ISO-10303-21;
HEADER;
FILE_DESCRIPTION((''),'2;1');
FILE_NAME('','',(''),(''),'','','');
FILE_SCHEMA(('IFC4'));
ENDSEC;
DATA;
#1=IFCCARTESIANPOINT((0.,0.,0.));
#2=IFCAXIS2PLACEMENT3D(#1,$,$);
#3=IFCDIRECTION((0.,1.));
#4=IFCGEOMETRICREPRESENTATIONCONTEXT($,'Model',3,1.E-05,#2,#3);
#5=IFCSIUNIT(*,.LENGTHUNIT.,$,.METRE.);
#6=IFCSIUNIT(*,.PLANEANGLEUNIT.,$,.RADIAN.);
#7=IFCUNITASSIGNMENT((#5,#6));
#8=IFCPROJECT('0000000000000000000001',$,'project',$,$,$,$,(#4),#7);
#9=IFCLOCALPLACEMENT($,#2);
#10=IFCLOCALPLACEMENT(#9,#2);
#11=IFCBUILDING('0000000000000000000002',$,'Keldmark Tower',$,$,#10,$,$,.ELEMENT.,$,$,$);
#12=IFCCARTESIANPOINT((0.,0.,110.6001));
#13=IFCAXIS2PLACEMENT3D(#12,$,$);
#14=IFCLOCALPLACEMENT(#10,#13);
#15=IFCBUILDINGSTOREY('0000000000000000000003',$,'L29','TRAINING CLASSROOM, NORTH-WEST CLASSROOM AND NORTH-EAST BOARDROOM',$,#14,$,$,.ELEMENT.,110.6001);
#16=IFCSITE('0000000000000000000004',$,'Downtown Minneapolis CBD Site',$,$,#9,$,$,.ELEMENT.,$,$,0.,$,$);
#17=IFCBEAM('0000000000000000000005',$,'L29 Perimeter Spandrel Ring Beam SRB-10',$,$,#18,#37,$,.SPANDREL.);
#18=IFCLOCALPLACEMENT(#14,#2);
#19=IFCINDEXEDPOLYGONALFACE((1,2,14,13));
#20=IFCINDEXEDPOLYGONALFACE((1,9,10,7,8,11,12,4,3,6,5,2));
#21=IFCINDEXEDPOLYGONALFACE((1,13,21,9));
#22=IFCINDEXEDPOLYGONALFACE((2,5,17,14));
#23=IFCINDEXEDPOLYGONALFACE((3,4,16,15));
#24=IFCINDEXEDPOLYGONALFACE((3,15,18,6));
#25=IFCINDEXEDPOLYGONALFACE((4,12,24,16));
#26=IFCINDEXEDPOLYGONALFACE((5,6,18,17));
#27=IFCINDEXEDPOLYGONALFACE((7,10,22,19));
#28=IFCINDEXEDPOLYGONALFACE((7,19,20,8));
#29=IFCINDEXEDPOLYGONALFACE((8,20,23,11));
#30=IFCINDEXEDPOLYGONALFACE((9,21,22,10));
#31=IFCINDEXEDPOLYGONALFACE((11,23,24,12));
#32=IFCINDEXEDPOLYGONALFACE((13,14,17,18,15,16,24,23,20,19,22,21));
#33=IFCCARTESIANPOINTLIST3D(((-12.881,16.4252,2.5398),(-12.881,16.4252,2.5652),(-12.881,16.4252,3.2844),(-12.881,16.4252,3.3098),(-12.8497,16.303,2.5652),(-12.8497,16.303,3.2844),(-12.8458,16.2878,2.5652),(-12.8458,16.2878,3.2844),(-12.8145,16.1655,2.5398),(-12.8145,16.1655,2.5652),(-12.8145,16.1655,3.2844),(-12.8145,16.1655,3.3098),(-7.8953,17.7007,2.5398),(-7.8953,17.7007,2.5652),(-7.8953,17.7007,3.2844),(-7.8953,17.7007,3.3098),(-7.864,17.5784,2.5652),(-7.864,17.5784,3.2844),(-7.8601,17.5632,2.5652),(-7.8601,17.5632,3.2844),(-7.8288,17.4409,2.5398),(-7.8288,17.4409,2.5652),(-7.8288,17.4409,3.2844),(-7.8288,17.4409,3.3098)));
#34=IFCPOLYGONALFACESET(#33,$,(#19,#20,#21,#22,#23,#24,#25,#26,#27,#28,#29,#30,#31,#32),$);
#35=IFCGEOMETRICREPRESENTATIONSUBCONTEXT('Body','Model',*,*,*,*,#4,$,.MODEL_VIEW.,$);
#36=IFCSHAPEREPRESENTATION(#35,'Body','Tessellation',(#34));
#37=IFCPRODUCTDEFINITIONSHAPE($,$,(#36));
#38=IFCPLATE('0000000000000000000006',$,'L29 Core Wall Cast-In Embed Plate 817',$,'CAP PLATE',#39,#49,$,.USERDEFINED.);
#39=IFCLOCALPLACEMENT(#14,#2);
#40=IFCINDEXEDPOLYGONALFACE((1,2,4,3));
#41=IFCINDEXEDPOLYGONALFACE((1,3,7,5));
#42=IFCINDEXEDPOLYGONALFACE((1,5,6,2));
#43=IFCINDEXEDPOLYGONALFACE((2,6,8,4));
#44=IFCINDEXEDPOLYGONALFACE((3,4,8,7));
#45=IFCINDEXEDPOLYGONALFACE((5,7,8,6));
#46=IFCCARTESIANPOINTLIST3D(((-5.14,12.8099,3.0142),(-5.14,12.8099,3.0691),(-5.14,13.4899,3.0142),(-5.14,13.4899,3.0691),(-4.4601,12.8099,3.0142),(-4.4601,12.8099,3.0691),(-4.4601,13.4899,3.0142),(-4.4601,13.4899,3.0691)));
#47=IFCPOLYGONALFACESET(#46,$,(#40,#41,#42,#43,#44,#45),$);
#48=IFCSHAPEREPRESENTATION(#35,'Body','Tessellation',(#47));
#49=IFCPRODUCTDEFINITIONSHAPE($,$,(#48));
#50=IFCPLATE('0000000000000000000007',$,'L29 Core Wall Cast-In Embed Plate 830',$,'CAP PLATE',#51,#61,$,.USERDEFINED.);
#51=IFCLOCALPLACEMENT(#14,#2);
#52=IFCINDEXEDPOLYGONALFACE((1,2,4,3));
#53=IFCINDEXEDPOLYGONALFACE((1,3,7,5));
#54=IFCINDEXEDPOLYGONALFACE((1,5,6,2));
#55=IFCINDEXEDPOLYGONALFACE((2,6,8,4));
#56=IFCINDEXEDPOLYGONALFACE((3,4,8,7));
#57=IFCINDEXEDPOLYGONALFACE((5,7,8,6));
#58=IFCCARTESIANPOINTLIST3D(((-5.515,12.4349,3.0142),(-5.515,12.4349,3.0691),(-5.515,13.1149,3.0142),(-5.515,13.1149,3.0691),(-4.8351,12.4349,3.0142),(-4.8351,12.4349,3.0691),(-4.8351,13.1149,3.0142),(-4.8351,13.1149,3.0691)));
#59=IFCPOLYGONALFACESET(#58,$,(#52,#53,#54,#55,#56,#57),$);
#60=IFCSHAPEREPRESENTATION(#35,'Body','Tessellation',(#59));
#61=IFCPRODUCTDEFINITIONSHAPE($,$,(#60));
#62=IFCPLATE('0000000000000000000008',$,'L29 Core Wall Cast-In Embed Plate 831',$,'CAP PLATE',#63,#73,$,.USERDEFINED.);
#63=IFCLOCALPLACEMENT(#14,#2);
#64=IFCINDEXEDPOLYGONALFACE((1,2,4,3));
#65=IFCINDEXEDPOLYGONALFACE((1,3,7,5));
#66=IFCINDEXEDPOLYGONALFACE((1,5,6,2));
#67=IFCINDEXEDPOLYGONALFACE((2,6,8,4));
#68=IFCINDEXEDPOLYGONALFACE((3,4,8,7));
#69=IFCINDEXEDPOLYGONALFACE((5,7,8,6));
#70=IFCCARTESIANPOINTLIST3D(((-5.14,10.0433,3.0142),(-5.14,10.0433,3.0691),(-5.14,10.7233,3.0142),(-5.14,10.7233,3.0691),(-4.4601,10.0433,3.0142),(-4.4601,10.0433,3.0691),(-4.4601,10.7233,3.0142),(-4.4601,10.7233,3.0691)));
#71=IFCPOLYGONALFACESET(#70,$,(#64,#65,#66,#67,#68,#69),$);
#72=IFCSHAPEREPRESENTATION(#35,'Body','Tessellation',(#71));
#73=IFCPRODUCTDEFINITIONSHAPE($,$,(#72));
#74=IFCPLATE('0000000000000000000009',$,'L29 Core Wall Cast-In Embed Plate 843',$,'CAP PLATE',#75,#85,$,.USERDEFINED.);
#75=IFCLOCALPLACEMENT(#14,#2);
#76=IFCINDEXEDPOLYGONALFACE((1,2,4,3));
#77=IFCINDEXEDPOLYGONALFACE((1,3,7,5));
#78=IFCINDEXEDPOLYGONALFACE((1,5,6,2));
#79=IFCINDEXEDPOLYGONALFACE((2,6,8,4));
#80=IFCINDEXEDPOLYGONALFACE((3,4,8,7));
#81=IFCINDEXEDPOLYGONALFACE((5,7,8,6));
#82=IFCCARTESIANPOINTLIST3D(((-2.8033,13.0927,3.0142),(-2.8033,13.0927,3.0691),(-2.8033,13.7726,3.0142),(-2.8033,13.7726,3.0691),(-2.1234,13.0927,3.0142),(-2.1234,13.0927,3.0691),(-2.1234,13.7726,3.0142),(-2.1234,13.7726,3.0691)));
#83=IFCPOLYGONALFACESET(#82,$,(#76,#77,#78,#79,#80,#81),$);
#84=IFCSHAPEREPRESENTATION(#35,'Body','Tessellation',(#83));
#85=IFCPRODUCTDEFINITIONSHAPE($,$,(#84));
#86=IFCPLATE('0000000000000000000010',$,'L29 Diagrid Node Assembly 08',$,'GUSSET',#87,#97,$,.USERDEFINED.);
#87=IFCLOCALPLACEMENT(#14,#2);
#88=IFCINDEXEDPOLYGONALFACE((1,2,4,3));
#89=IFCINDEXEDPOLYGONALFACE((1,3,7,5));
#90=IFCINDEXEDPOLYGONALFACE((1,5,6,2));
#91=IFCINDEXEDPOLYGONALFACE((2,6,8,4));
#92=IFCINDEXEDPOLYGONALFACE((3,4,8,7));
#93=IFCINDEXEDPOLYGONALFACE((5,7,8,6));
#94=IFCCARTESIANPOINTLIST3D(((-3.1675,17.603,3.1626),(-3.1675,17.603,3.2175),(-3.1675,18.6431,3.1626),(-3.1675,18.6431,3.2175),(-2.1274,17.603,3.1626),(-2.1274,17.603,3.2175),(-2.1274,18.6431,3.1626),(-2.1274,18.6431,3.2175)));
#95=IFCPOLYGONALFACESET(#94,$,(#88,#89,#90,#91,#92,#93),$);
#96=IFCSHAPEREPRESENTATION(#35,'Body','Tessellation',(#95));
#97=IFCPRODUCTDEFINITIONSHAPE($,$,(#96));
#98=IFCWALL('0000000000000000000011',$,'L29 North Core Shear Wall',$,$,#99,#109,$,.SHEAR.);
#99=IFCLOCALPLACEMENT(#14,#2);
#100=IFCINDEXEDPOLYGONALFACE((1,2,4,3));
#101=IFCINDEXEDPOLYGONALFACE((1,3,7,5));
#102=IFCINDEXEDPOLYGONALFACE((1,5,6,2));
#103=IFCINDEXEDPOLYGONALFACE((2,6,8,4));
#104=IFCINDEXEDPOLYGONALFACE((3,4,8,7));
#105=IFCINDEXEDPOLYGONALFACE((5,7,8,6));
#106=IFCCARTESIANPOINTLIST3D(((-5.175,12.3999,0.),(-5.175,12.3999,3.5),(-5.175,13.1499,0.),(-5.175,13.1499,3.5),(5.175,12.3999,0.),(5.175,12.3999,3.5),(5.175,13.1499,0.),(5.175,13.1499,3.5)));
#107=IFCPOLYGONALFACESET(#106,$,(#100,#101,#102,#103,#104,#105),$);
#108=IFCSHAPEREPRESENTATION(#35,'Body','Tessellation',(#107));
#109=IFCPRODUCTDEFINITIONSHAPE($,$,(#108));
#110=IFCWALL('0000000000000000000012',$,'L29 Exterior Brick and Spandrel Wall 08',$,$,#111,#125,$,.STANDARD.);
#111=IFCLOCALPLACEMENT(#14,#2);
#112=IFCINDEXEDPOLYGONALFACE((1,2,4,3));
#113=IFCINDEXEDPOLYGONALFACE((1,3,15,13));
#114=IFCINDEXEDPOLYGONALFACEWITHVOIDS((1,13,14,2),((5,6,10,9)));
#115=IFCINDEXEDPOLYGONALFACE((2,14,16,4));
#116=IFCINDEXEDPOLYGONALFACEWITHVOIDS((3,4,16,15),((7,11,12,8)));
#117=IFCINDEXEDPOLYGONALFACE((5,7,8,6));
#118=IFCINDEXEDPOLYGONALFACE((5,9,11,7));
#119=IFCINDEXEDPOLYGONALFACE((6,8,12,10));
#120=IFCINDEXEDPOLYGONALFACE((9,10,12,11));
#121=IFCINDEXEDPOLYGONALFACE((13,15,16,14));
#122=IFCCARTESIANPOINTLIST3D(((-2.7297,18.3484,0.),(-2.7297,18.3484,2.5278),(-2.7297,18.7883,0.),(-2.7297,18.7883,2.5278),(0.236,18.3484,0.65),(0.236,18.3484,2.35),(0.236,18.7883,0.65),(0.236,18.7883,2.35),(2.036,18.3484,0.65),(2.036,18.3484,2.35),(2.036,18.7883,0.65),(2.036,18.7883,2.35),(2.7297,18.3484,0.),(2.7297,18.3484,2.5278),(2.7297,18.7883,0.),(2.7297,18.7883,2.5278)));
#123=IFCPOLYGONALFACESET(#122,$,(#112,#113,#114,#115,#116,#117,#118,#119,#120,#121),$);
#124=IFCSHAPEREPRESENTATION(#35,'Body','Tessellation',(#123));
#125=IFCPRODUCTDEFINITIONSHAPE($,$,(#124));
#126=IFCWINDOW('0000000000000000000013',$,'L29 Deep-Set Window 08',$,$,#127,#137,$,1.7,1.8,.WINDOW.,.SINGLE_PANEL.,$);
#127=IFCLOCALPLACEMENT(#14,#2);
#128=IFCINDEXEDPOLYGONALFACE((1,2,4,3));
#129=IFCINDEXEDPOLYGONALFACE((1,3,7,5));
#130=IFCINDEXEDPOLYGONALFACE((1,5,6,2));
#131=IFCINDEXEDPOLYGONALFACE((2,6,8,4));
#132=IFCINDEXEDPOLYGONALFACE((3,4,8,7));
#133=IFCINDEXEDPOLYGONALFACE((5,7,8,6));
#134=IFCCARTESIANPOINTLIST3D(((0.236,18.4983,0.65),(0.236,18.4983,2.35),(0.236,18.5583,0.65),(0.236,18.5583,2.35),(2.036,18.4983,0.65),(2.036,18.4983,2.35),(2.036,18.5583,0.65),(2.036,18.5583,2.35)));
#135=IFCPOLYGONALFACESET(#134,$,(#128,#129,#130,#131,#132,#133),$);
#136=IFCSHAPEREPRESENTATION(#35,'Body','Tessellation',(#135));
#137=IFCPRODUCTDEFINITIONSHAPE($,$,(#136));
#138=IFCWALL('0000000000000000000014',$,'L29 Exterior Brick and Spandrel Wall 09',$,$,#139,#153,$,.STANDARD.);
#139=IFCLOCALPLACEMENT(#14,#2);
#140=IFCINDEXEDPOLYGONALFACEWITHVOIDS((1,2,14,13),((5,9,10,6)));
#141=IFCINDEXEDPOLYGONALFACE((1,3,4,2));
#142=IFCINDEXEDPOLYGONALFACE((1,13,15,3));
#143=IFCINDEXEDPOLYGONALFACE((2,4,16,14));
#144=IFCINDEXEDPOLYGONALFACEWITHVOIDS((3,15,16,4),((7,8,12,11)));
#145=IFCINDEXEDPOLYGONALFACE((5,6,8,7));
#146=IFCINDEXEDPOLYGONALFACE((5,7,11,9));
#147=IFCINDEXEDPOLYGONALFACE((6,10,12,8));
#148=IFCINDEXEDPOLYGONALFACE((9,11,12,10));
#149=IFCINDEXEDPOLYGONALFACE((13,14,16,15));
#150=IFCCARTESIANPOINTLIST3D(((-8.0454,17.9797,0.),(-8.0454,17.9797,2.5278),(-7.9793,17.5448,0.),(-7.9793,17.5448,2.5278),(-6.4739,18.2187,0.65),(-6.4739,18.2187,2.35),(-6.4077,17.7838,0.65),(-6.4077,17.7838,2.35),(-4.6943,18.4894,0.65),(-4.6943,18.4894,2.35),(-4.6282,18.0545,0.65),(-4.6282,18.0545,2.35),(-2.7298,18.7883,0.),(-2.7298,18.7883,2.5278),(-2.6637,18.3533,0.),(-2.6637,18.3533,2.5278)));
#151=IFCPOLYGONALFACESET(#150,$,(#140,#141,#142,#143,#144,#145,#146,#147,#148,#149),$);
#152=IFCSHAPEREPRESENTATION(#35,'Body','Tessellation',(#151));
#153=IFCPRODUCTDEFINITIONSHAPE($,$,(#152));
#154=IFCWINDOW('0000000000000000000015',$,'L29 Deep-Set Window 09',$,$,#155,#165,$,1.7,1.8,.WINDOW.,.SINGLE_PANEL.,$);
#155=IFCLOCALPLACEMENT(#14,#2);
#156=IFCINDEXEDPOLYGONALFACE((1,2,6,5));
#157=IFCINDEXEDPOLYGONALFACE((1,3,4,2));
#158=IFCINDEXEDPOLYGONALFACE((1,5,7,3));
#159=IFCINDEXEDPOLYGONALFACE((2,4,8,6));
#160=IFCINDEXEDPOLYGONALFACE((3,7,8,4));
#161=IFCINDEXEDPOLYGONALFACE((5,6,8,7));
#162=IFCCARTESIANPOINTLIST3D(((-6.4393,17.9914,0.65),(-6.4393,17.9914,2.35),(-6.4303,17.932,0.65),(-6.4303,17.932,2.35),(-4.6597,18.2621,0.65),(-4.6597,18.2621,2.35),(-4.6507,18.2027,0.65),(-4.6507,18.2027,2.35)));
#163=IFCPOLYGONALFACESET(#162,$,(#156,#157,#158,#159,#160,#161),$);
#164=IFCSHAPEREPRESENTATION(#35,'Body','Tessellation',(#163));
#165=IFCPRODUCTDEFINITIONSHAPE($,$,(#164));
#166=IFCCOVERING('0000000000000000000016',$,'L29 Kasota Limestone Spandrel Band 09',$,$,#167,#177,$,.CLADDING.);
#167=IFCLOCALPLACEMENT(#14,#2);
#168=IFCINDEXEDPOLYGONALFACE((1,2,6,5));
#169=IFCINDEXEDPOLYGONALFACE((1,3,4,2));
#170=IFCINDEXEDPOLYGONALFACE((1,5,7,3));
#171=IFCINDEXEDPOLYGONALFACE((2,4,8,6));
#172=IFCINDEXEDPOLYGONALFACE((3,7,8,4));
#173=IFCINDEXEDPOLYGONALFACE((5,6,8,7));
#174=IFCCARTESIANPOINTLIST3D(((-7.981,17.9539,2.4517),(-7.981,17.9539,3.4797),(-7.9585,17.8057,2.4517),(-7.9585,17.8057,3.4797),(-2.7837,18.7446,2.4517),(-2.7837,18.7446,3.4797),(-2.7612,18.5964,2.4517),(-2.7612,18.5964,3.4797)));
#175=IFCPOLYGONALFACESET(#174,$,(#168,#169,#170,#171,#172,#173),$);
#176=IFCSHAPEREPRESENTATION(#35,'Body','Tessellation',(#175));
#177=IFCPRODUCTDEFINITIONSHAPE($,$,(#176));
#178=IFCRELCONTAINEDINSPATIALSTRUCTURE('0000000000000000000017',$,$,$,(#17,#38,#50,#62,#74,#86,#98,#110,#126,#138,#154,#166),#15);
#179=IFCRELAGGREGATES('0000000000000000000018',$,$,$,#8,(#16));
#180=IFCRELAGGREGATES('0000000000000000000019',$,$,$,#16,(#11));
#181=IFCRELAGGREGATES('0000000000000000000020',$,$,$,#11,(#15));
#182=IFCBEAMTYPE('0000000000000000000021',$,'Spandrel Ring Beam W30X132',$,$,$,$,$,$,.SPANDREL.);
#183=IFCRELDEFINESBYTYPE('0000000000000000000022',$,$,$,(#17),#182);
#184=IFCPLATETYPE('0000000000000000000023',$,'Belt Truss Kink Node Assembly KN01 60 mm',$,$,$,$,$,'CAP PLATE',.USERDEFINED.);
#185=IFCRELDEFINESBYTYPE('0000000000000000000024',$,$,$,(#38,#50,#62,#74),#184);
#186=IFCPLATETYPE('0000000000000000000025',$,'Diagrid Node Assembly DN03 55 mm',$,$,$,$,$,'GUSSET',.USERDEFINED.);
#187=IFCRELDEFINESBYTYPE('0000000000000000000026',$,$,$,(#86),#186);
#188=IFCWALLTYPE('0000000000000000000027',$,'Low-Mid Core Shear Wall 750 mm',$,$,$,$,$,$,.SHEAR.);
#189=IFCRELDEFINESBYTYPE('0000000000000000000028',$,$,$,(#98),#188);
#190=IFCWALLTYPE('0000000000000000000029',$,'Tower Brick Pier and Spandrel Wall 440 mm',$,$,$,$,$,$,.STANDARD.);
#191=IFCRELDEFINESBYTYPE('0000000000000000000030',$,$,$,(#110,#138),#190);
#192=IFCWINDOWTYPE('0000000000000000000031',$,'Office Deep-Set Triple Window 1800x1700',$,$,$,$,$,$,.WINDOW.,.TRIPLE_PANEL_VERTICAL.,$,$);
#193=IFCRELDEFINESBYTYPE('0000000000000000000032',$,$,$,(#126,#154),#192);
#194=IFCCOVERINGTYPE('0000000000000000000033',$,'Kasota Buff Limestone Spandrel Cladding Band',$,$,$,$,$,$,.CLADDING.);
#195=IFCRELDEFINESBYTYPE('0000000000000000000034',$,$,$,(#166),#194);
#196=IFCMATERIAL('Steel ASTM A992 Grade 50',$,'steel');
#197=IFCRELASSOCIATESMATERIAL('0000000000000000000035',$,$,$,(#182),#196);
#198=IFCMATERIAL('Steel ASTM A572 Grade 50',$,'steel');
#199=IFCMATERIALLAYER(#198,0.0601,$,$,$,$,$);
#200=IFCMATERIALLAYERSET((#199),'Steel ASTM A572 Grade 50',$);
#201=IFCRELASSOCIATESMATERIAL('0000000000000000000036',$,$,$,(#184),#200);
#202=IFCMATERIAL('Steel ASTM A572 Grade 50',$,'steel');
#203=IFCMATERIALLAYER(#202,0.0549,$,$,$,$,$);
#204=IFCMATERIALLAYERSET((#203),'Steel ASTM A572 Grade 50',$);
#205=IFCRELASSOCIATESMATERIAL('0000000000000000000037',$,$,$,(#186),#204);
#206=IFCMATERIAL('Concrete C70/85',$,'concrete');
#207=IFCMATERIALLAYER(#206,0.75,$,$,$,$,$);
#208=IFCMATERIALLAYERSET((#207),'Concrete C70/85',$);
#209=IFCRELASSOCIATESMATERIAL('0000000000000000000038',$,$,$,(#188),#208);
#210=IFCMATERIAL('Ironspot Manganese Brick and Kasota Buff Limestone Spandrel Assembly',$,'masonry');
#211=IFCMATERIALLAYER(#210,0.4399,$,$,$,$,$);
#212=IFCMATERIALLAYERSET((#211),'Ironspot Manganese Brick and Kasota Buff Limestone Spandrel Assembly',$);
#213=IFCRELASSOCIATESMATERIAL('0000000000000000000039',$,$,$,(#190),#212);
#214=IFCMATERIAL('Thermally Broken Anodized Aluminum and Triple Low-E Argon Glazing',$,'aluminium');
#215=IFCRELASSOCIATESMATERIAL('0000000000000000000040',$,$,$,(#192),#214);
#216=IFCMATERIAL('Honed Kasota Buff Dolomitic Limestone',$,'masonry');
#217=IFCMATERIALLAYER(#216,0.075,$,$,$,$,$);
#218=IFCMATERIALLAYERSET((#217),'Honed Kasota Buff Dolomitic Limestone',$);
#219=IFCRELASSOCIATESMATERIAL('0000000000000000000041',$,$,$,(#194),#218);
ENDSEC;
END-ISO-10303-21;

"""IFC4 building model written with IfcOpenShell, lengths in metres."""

from ifc_helpers import new_model, si_unit, direction, frame, frame_2d, origin, origin_2d, place, context, subcontext, project, spatial, rectangle, i_section, extrude, material, layer, layer_set, material_profile, profile_set, type_object, element, fill, save


model = new_model("IFC4")

# Units and contexts
model_context = context("Model", 3, precision=1e-05, world=origin(), true_north=direction((0.0, 1.0)))
body_context = subcontext(model_context, "Body", "Model", "MODEL_VIEW")
ifc_project = project(units=[si_unit("LENGTHUNIT", "METRE"), si_unit("PLANEANGLEUNIT", "RADIAN")], contexts=[model_context])

# Site, building, storey
site_placement = place(None, origin())
site = spatial("IfcSite", under=ifc_project, at=site_placement, Name="Downtown Minneapolis CBD Site", CompositionType="ELEMENT", RefElevation=0.0)
building_placement = place(site_placement, origin())
building = spatial("IfcBuilding", under=site, at=building_placement, Name="Keldmark Tower", CompositionType="ELEMENT")
storey_placement = place(building_placement, frame((0.0, 0.0, 110.6001)))
storey = spatial("IfcBuildingStorey", under=building, at=storey_placement, Name="L29", Description="TRAINING CLASSROOM, NORTH-WEST CLASSROOM AND NORTH-EAST BOARDROOM", CompositionType="ELEMENT", Elevation=110.6001)

# Beam
ifc_material_1 = material(Name="Steel ASTM A992 Grade 50", Category="steel")
ifc_material_profile_1 = material_profile(ifc_material_1, i_section(OverallWidth=0.2681, OverallDepth=0.77, WebThickness=0.0156, FlangeThickness=0.0254, at=origin_2d()), Name="W30X132")
ifc_profile_set_1 = profile_set([ifc_material_profile_1], Name="Steel ASTM A992 Grade 50")
beam_type_1 = type_object("IfcBeamType", Name="Spandrel Ring Beam W30X132", PredefinedType="SPANDREL", material=ifc_profile_set_1)
beam_1_placement = place(storey_placement, frame((-7.8621, 17.5708, 2.9248), z_axis=(-0.968802, -0.247834, 0.0), x_axis=(0.247834, -0.968802, 0.0)))
element("IfcBeam", 1, at=beam_1_placement, inside=storey, type_object=beam_type_1, Name="L29 Perimeter Spandrel Ring Beam SRB-10", PredefinedType="SPANDREL", context=body_context, shape_type="SweptSolid", body=[
    extrude(i_section(OverallWidth=0.2681, OverallDepth=0.77, WebThickness=0.0156, FlangeThickness=0.0254, at=origin_2d()), origin(), (0.0, 0.0, 1.0), 5.1462),
])

# Plates
ifc_material_2 = material(Name="Steel ASTM A572 Grade 50", Category="steel")
ifc_layer_1 = layer(ifc_material_2, 0.0601)
ifc_layer_set_1 = layer_set([ifc_layer_1], Name="Steel ASTM A572 Grade 50")
plate_type_1 = type_object("IfcPlateType", Name="Belt Truss Kink Node Assembly KN01 60 mm", ElementType="CAP PLATE", PredefinedType="USERDEFINED", material=ifc_layer_set_1)
for number, where, z_axis, x_axis, name in (
    (2, (-4.8, 13.1499, 3.0142), (0.0, 0.0, 1.0), (1.0, 0.0, 0.0), "L29 Core Wall Cast-In Embed Plate 817"),
    (3, (-5.175, 12.7749, 3.0142), (0.0, 0.0, 1.0), (1.0, 0.0, 0.0), "L29 Core Wall Cast-In Embed Plate 830"),
    (4, (-4.8, 10.3833, 3.0142), (0.0, 0.0, 1.0), (1.0, 0.0, 0.0), "L29 Core Wall Cast-In Embed Plate 831"),
    (5, (-2.4634, 13.4326, 3.0142), (0.0, 0.0, 1.0), (1.0, 0.0, 0.0), "L29 Core Wall Cast-In Embed Plate 843"),
):
    element("IfcPlate", number, at=place(storey_placement, frame(where, z_axis=z_axis, x_axis=x_axis)), inside=storey, type_object=plate_type_1, Name=name, ObjectType="CAP PLATE", PredefinedType="USERDEFINED", context=body_context, shape_type="SweptSolid", body=[
        extrude(rectangle(XDim=0.6799, YDim=0.6799, at=origin_2d()), origin(), (0.0, 0.0, 1.0), 0.0549),
    ])
ifc_material_3 = material(Name="Steel ASTM A572 Grade 50", Category="steel")
ifc_layer_2 = layer(ifc_material_3, 0.0549)
ifc_layer_set_2 = layer_set([ifc_layer_2], Name="Steel ASTM A572 Grade 50")
plate_type_2 = type_object("IfcPlateType", Name="Diagrid Node Assembly DN03 55 mm", ElementType="GUSSET", PredefinedType="USERDEFINED", material=ifc_layer_set_2)
plate_placement = place(storey_placement, frame((-2.6475, 18.123, 3.1626), z_axis=(0.0, 0.0, 1.0), x_axis=(-1.0, 0.0, 0.0)))
element("IfcPlate", 6, at=plate_placement, inside=storey, type_object=plate_type_2, Name="L29 Diagrid Node Assembly 08", ObjectType="GUSSET", PredefinedType="USERDEFINED", context=body_context, shape_type="SweptSolid", body=[
    extrude(rectangle(XDim=1.04, YDim=1.04, at=origin_2d()), origin(), (0.0, 0.0, 1.0), 0.0549),
])

# Wall
ifc_material_4 = material(Name="Concrete C70/85", Category="concrete")
ifc_layer_3 = layer(ifc_material_4, 0.75)
ifc_layer_set_3 = layer_set([ifc_layer_3], Name="Concrete C70/85")
wall_type_1 = type_object("IfcWallType", Name="Low-Mid Core Shear Wall 750 mm", PredefinedType="SHEAR", material=ifc_layer_set_3)
wall_1_placement = place(storey_placement, frame((-5.175, 12.7749, 0.0), z_axis=(0.0, 0.0, 1.0), x_axis=(1.0, 0.0, 0.0)))
element("IfcWall", 7, at=wall_1_placement, inside=storey, type_object=wall_type_1, Name="L29 North Core Shear Wall", PredefinedType="SHEAR", context=body_context, shape_type="SweptSolid", body=[
    extrude(rectangle(XDim=10.3501, YDim=0.75, at=frame_2d((5.175, 0.0))), origin(), (0.0, 0.0, 1.0), 3.5),
])

# Walls, openings, windows
ifc_material_5 = material(Name="Ironspot Manganese Brick and Kasota Buff Limestone Spandrel Assembly", Category="masonry")
ifc_layer_4 = layer(ifc_material_5, 0.4399)
ifc_layer_set_4 = layer_set([ifc_layer_4], Name="Ironspot Manganese Brick and Kasota Buff Limestone Spandrel Assembly")
wall_type_2 = type_object("IfcWallType", Name="Tower Brick Pier and Spandrel Wall 440 mm", PredefinedType="STANDARD", material=ifc_layer_set_4)
wall_2_placement = place(storey_placement, frame((-2.7297, 18.5684, 0.0), z_axis=(0.0, 0.0, 1.0), x_axis=(1.0, 0.0, 0.0)))
wall_2 = element("IfcWall", 8, at=wall_2_placement, inside=storey, type_object=wall_type_2, Name="L29 Exterior Brick and Spandrel Wall 08", PredefinedType="STANDARD", context=body_context, shape_type="SweptSolid", body=[
    extrude(rectangle(XDim=5.4595, YDim=0.4399, at=frame_2d((2.7297, 0.0))), origin(), (0.0, 0.0, 1.0), 2.5278),
])
opening_1_placement = place(wall_2_placement, frame((2.9658, 0.0, 0.6499)))
opening_1 = element("IfcOpeningElement", 9, at=opening_1_placement, cuts=wall_2, PredefinedType="OPENING", context=body_context, shape_type="SweptSolid", body=[
    extrude(rectangle(XDim=1.8, YDim=1.7, at=frame_2d((0.8999, 0.8501))), frame((0.0, 0.23, 0.0), z_axis=(0.0, -1.0, 0.0), x_axis=(1.0, 0.0, 0.0)), (0.0, 0.0, 1.0), 0.46),
])
ifc_material_6 = material(Name="Thermally Broken Anodized Aluminum and Triple Low-E Argon Glazing", Category="aluminium")
window_type = type_object("IfcWindowType", Name="Office Deep-Set Triple Window 1800x1700", PartitioningType="TRIPLE_PANEL_VERTICAL", PredefinedType="WINDOW", material=ifc_material_6)
window_1_placement = place(opening_1_placement, origin())
window_1 = element("IfcWindow", 10, at=window_1_placement, inside=storey, type_object=window_type, Name="L29 Deep-Set Window 08", OverallHeight=1.7, OverallWidth=1.8, PartitioningType="SINGLE_PANEL", PredefinedType="WINDOW", context=body_context, shape_type="SweptSolid", body=[
    extrude(rectangle(XDim=1.8, YDim=1.7, at=frame_2d((0.8999, 0.8501))), frame((0.0, -0.01, 0.0), z_axis=(0.0, -1.0, 0.0), x_axis=(1.0, 0.0, 0.0)), (0.0, 0.0, 1.0), 0.0601),
])
fill(opening_1, window_1)
wall_3_placement = place(storey_placement, frame((-8.0125, 17.7622, 0.0), z_axis=(0.0, 0.0, 1.0), x_axis=(0.988627, 0.150385, 0.0)))
wall_3 = element("IfcWall", 11, at=wall_3_placement, inside=storey, type_object=wall_type_2, Name="L29 Exterior Brick and Spandrel Wall 09", PredefinedType="STANDARD", context=body_context, shape_type="SweptSolid", body=[
    extrude(rectangle(XDim=5.3767, YDim=0.4399, at=frame_2d((2.6885, 0.0))), origin(), (0.0, 0.0, 1.0), 2.5278),
])
opening_2_placement = place(wall_3_placement, frame((1.5898, 0.0, 0.6499)))
opening_2 = element("IfcOpeningElement", 12, at=opening_2_placement, cuts=wall_3, PredefinedType="OPENING", context=body_context, shape_type="SweptSolid", body=[
    extrude(rectangle(XDim=1.8, YDim=1.7, at=frame_2d((0.8999, 0.8501))), frame((0.0, 0.23, 0.0), z_axis=(0.0, -1.0, 0.0), x_axis=(1.0, 0.0, 0.0)), (0.0, 0.0, 1.0), 0.46),
])
window_2_placement = place(opening_2_placement, origin())
window_2 = element("IfcWindow", 13, at=window_2_placement, inside=storey, type_object=window_type, Name="L29 Deep-Set Window 09", OverallHeight=1.7, OverallWidth=1.8, PartitioningType="SINGLE_PANEL", PredefinedType="WINDOW", context=body_context, shape_type="SweptSolid", body=[
    extrude(rectangle(XDim=1.8, YDim=1.7, at=frame_2d((0.8999, 0.8501))), frame((0.0, -0.01, 0.0), z_axis=(0.0, -1.0, 0.0), x_axis=(1.0, 0.0, 0.0)), (0.0, 0.0, 1.0), 0.0601),
])
fill(opening_2, window_2)

# Covering
ifc_material_7 = material(Name="Honed Kasota Buff Dolomitic Limestone", Category="masonry")
ifc_layer_5 = layer(ifc_material_7, 0.075)
ifc_layer_set_5 = layer_set([ifc_layer_5], Name="Honed Kasota Buff Dolomitic Limestone")
covering_type = type_object("IfcCoveringType", Name="Kasota Buff Limestone Spandrel Cladding Band", PredefinedType="CLADDING", material=ifc_layer_set_5)
covering_placement = place(storey_placement, frame((-5.3711, 18.2751, 2.4517), z_axis=(0.0, 0.0, 1.0), x_axis=(-0.988623, -0.150415, 0.0)))
element("IfcCovering", 14, at=covering_placement, inside=storey, type_object=covering_type, Name="L29 Kasota Limestone Spandrel Band 09", PredefinedType="CLADDING", context=body_context, shape_type="SweptSolid", body=[
    extrude(rectangle(XDim=5.2571, YDim=0.1499, at=origin_2d()), origin(), (0.0, 0.0, 1.0), 1.0281),
])

save(model, "model.ifc")
